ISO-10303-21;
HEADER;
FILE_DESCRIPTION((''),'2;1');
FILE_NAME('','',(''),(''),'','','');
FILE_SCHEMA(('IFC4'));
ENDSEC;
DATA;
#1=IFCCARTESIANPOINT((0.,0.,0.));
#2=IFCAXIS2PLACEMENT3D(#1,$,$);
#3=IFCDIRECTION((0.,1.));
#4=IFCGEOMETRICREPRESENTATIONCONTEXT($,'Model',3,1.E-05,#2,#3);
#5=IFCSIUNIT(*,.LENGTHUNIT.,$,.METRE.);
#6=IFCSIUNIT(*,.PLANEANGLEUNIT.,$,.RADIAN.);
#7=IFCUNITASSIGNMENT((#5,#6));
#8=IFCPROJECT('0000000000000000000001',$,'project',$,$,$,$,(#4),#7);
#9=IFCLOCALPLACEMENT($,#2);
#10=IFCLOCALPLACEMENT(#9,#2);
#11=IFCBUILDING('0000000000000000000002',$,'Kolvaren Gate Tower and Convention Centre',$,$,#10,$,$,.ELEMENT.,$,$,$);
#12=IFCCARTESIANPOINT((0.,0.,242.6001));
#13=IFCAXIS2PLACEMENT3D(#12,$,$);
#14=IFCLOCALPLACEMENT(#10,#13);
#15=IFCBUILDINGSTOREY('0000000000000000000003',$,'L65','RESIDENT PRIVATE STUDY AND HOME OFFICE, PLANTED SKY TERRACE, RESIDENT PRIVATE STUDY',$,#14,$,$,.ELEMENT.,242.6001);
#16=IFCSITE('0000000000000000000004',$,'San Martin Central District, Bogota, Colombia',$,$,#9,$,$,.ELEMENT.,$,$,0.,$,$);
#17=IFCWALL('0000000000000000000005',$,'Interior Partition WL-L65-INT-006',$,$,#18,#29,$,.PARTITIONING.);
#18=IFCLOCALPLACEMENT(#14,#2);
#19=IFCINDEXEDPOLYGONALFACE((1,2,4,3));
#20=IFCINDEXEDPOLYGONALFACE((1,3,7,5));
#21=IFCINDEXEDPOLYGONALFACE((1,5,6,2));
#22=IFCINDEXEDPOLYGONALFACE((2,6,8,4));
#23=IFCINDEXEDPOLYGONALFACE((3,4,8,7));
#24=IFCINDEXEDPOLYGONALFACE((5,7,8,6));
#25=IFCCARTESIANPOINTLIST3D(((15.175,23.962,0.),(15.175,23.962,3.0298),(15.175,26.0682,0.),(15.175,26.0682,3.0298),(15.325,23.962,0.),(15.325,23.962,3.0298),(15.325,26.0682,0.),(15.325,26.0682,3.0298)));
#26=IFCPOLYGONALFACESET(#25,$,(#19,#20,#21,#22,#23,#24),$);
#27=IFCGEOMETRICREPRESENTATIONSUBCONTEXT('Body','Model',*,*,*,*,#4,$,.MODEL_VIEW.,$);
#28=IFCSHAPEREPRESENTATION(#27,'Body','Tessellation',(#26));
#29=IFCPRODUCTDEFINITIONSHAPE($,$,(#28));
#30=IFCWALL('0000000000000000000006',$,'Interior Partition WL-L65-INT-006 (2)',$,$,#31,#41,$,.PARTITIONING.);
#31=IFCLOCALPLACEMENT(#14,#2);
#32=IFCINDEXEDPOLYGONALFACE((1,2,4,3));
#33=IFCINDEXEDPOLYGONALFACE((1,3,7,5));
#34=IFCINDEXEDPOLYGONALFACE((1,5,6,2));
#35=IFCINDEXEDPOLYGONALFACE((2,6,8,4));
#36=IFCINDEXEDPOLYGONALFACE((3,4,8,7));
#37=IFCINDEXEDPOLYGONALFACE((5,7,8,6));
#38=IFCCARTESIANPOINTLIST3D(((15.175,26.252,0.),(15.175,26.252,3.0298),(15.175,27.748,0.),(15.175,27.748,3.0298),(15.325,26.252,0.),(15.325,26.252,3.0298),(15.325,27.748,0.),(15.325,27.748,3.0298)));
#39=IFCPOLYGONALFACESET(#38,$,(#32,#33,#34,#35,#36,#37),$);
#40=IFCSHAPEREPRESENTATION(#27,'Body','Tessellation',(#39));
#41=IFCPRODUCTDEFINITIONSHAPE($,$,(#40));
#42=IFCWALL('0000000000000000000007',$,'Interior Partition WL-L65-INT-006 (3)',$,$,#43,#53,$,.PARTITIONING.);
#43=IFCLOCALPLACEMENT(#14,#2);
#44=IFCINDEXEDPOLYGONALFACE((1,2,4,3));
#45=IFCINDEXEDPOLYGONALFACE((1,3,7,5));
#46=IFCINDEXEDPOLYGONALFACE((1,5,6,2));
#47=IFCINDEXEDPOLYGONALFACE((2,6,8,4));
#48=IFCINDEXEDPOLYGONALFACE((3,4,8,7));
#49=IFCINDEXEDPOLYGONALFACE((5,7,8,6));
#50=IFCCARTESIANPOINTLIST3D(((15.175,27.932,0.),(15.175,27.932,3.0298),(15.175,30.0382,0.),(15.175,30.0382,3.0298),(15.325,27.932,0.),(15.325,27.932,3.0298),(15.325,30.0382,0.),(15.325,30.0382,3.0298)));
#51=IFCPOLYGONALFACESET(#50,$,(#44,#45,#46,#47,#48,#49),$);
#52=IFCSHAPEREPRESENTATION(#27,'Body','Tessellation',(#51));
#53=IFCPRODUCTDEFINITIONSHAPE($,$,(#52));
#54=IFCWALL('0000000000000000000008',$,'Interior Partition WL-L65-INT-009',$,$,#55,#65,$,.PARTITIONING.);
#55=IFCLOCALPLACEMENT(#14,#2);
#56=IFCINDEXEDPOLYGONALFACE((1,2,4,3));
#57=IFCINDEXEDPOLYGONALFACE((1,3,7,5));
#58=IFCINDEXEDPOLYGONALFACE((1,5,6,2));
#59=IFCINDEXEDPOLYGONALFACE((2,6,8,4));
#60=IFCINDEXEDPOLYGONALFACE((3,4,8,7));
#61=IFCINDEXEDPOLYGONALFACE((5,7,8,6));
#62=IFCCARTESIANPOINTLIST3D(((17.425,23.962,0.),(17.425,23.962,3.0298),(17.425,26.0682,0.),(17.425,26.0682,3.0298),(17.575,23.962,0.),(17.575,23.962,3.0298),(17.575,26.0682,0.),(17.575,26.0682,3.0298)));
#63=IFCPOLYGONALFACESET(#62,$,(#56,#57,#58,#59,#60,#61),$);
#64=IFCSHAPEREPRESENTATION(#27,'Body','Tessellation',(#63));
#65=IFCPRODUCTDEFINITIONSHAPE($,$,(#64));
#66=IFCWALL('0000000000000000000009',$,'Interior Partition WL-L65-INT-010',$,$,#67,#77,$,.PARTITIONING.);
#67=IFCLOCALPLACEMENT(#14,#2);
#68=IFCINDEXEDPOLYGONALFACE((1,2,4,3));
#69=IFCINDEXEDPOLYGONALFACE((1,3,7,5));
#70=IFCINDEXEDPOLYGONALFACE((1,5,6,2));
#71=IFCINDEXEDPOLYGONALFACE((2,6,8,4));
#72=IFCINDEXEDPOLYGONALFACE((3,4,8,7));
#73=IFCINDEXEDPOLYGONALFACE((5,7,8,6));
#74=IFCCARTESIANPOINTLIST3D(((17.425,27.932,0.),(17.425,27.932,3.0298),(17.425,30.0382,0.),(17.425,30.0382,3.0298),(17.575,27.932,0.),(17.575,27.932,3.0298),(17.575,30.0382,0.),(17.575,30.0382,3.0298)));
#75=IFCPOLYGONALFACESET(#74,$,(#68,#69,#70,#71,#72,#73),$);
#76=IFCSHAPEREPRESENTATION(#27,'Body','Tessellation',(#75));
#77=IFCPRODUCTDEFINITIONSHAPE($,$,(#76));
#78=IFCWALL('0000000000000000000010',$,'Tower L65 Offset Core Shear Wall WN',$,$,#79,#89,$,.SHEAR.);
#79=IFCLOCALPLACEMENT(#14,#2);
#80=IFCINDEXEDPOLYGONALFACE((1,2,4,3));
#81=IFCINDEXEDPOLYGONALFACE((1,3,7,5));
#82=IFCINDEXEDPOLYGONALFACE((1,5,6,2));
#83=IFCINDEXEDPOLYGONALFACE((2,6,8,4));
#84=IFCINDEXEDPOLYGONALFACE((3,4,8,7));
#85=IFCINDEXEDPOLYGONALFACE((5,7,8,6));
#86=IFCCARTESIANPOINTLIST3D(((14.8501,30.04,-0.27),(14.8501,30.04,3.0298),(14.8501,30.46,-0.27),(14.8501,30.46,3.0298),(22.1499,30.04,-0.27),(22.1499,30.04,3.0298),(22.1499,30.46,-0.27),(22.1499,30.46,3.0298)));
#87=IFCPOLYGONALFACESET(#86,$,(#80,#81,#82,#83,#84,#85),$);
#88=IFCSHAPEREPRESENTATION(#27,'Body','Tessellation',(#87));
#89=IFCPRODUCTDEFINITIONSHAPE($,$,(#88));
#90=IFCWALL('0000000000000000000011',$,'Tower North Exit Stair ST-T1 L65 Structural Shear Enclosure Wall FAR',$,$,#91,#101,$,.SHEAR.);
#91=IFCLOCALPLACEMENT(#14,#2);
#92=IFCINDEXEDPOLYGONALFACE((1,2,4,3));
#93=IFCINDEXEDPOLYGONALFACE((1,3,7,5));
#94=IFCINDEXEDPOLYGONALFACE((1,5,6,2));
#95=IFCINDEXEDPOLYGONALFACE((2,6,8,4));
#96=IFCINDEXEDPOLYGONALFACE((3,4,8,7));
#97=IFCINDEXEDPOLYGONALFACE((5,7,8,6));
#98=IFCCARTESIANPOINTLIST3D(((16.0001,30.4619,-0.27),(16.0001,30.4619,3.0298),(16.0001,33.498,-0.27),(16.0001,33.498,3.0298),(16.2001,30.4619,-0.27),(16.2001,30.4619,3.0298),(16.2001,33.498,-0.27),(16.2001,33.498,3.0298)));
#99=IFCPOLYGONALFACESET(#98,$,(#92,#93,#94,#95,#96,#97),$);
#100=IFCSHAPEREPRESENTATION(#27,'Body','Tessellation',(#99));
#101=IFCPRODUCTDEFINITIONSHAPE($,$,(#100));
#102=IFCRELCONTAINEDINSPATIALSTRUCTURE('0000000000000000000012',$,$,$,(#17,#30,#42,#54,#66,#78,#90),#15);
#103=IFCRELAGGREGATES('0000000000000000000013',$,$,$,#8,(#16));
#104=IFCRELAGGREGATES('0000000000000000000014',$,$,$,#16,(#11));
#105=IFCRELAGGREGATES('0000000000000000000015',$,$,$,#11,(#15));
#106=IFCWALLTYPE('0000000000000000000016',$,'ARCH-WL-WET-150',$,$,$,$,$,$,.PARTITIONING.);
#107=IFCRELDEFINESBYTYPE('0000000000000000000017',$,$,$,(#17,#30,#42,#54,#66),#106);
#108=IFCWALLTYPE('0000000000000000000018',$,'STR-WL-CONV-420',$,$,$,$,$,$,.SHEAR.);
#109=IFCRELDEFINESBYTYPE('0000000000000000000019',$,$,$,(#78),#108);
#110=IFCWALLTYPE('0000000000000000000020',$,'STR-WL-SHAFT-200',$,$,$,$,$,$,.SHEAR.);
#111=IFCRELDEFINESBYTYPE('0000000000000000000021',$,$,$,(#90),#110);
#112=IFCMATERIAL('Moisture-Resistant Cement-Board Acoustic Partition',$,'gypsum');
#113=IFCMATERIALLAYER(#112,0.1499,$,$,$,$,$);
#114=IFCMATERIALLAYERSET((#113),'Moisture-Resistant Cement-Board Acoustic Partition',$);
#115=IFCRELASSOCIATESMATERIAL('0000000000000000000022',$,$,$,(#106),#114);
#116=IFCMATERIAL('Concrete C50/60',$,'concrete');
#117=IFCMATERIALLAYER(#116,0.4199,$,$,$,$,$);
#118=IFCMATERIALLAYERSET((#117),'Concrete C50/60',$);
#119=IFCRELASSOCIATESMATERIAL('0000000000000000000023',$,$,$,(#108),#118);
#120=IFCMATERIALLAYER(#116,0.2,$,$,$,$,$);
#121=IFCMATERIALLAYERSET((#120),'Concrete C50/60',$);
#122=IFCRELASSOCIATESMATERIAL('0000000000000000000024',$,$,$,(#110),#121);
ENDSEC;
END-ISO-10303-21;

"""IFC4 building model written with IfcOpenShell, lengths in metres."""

from ifc_helpers import new_model, si_unit, direction, frame, frame_2d, origin, place, context, subcontext, project, spatial, rectangle, extrude, material, layer, layer_set, type_object, element, save


model = new_model("IFC4")

# Units and contexts
model_context = context("Model", 3, precision=1e-05, world=origin(), true_north=direction((0.0, 1.0)))
body_context = subcontext(model_context, "Body", "Model", "MODEL_VIEW")
ifc_project = project(units=[si_unit("LENGTHUNIT", "METRE"), si_unit("PLANEANGLEUNIT", "RADIAN")], contexts=[model_context])

# Site, building, storey
site_placement = place(None, origin())
site = spatial("IfcSite", under=ifc_project, at=site_placement, Name="San Martin Central District, Bogota, Colombia", CompositionType="ELEMENT", RefElevation=0.0)
building_placement = place(site_placement, origin())
building = spatial("IfcBuilding", under=site, at=building_placement, Name="Kolvaren Gate Tower and Convention Centre", CompositionType="ELEMENT")
storey_placement = place(building_placement, frame((0.0, 0.0, 242.6001)))
storey = spatial("IfcBuildingStorey", under=building, at=storey_placement, Name="L65", Description="RESIDENT PRIVATE STUDY AND HOME OFFICE, PLANTED SKY TERRACE, RESIDENT PRIVATE STUDY", CompositionType="ELEMENT", Elevation=242.6001)

# Walls
ifc_material_1 = material(Name="Moisture-Resistant Cement-Board Acoustic Partition", Category="gypsum")
ifc_layer_1 = layer(ifc_material_1, 0.1499)
ifc_layer_set_1 = layer_set([ifc_layer_1], Name="Moisture-Resistant Cement-Board Acoustic Partition")
wall_type_1 = type_object("IfcWallType", Name="ARCH-WL-WET-150", PredefinedType="PARTITIONING", material=ifc_layer_set_1)
wall_1_placement = place(storey_placement, frame((15.25, 23.9619, 0.0), z_axis=(0.0, 0.0, 1.0), x_axis=(0.0, 1.0, 0.0)))
element("IfcWall", 1, at=wall_1_placement, inside=storey, type_object=wall_type_1, Name="Interior Partition WL-L65-INT-006", PredefinedType="PARTITIONING", context=body_context, shape_type="SweptSolid", body=[
    extrude(rectangle(XDim=2.1062, YDim=0.1499, at=frame_2d((1.0532, 0.0))), origin(), (0.0, 0.0, 1.0), 3.0298),
])
wall_2_placement = place(storey_placement, frame((15.25, 26.252, 0.0), z_axis=(0.0, 0.0, 1.0), x_axis=(0.0, 1.0, 0.0)))
element("IfcWall", 2, at=wall_2_placement, inside=storey, type_object=wall_type_1, Name="Interior Partition WL-L65-INT-006 (2)", PredefinedType="PARTITIONING", context=body_context, shape_type="SweptSolid", body=[
    extrude(rectangle(XDim=1.4961, YDim=0.1499, at=frame_2d((0.748, 0.0))), origin(), (0.0, 0.0, 1.0), 3.0298),
])
for number, where, z_axis, x_axis, name in (
    (3, (15.25, 27.9319, 0.0), (0.0, 0.0, 1.0), (0.0, 1.0, 0.0), "Interior Partition WL-L65-INT-006 (3)"),
    (4, (17.5, 23.9619, 0.0), (0.0, 0.0, 1.0), (0.0, 1.0, 0.0), "Interior Partition WL-L65-INT-009"),
    (5, (17.5, 27.9319, 0.0), (0.0, 0.0, 1.0), (0.0, 1.0, 0.0), "Interior Partition WL-L65-INT-010"),
):
    element("IfcWall", number, at=place(storey_placement, frame(where, z_axis=z_axis, x_axis=x_axis)), inside=storey, type_object=wall_type_1, Name=name, PredefinedType="PARTITIONING", context=body_context, shape_type="SweptSolid", body=[
        extrude(rectangle(XDim=2.1062, YDim=0.1499, at=frame_2d((1.0532, 0.0))), origin(), (0.0, 0.0, 1.0), 3.0298),
    ])
ifc_material_2 = material(Name="Concrete C50/60", Category="concrete")
ifc_layer_2 = layer(ifc_material_2, 0.4199)
ifc_layer_set_2 = layer_set([ifc_layer_2], Name="Concrete C50/60")
wall_type_2 = type_object("IfcWallType", Name="STR-WL-CONV-420", PredefinedType="SHEAR", material=ifc_layer_set_2)
wall_3_placement = place(storey_placement, frame((14.8501, 30.25, -0.27), z_axis=(0.0, 0.0, 1.0), x_axis=(1.0, 0.0, 0.0)))
element("IfcWall", 6, at=wall_3_placement, inside=storey, type_object=wall_type_2, Name="Tower L65 Offset Core Shear Wall WN", PredefinedType="SHEAR", context=body_context, shape_type="SweptSolid", body=[
    extrude(rectangle(XDim=7.2998, YDim=0.4199, at=frame_2d((3.6499, 0.0))), origin(), (0.0, 0.0, 1.0), 3.2998),
])
ifc_layer_3 = layer(ifc_material_2, 0.2)
ifc_layer_set_3 = layer_set([ifc_layer_3], Name="Concrete C50/60")
wall_type_3 = type_object("IfcWallType", Name="STR-WL-SHAFT-200", PredefinedType="SHEAR", material=ifc_layer_set_3)
wall_4_placement = place(storey_placement, frame((16.1001, 30.4619, -0.27), z_axis=(0.0, 0.0, 1.0), x_axis=(0.0, 1.0, 0.0)))
element("IfcWall", 7, at=wall_4_placement, inside=storey, type_object=wall_type_3, Name="Tower North Exit Stair ST-T1 L65 Structural Shear Enclosure Wall FAR", PredefinedType="SHEAR", context=body_context, shape_type="SweptSolid", body=[
    extrude(rectangle(XDim=3.0361, YDim=0.2, at=frame_2d((1.5181, 0.0))), origin(), (0.0, 0.0, 1.0), 3.2998),
])

save(model, "model.ifc")
